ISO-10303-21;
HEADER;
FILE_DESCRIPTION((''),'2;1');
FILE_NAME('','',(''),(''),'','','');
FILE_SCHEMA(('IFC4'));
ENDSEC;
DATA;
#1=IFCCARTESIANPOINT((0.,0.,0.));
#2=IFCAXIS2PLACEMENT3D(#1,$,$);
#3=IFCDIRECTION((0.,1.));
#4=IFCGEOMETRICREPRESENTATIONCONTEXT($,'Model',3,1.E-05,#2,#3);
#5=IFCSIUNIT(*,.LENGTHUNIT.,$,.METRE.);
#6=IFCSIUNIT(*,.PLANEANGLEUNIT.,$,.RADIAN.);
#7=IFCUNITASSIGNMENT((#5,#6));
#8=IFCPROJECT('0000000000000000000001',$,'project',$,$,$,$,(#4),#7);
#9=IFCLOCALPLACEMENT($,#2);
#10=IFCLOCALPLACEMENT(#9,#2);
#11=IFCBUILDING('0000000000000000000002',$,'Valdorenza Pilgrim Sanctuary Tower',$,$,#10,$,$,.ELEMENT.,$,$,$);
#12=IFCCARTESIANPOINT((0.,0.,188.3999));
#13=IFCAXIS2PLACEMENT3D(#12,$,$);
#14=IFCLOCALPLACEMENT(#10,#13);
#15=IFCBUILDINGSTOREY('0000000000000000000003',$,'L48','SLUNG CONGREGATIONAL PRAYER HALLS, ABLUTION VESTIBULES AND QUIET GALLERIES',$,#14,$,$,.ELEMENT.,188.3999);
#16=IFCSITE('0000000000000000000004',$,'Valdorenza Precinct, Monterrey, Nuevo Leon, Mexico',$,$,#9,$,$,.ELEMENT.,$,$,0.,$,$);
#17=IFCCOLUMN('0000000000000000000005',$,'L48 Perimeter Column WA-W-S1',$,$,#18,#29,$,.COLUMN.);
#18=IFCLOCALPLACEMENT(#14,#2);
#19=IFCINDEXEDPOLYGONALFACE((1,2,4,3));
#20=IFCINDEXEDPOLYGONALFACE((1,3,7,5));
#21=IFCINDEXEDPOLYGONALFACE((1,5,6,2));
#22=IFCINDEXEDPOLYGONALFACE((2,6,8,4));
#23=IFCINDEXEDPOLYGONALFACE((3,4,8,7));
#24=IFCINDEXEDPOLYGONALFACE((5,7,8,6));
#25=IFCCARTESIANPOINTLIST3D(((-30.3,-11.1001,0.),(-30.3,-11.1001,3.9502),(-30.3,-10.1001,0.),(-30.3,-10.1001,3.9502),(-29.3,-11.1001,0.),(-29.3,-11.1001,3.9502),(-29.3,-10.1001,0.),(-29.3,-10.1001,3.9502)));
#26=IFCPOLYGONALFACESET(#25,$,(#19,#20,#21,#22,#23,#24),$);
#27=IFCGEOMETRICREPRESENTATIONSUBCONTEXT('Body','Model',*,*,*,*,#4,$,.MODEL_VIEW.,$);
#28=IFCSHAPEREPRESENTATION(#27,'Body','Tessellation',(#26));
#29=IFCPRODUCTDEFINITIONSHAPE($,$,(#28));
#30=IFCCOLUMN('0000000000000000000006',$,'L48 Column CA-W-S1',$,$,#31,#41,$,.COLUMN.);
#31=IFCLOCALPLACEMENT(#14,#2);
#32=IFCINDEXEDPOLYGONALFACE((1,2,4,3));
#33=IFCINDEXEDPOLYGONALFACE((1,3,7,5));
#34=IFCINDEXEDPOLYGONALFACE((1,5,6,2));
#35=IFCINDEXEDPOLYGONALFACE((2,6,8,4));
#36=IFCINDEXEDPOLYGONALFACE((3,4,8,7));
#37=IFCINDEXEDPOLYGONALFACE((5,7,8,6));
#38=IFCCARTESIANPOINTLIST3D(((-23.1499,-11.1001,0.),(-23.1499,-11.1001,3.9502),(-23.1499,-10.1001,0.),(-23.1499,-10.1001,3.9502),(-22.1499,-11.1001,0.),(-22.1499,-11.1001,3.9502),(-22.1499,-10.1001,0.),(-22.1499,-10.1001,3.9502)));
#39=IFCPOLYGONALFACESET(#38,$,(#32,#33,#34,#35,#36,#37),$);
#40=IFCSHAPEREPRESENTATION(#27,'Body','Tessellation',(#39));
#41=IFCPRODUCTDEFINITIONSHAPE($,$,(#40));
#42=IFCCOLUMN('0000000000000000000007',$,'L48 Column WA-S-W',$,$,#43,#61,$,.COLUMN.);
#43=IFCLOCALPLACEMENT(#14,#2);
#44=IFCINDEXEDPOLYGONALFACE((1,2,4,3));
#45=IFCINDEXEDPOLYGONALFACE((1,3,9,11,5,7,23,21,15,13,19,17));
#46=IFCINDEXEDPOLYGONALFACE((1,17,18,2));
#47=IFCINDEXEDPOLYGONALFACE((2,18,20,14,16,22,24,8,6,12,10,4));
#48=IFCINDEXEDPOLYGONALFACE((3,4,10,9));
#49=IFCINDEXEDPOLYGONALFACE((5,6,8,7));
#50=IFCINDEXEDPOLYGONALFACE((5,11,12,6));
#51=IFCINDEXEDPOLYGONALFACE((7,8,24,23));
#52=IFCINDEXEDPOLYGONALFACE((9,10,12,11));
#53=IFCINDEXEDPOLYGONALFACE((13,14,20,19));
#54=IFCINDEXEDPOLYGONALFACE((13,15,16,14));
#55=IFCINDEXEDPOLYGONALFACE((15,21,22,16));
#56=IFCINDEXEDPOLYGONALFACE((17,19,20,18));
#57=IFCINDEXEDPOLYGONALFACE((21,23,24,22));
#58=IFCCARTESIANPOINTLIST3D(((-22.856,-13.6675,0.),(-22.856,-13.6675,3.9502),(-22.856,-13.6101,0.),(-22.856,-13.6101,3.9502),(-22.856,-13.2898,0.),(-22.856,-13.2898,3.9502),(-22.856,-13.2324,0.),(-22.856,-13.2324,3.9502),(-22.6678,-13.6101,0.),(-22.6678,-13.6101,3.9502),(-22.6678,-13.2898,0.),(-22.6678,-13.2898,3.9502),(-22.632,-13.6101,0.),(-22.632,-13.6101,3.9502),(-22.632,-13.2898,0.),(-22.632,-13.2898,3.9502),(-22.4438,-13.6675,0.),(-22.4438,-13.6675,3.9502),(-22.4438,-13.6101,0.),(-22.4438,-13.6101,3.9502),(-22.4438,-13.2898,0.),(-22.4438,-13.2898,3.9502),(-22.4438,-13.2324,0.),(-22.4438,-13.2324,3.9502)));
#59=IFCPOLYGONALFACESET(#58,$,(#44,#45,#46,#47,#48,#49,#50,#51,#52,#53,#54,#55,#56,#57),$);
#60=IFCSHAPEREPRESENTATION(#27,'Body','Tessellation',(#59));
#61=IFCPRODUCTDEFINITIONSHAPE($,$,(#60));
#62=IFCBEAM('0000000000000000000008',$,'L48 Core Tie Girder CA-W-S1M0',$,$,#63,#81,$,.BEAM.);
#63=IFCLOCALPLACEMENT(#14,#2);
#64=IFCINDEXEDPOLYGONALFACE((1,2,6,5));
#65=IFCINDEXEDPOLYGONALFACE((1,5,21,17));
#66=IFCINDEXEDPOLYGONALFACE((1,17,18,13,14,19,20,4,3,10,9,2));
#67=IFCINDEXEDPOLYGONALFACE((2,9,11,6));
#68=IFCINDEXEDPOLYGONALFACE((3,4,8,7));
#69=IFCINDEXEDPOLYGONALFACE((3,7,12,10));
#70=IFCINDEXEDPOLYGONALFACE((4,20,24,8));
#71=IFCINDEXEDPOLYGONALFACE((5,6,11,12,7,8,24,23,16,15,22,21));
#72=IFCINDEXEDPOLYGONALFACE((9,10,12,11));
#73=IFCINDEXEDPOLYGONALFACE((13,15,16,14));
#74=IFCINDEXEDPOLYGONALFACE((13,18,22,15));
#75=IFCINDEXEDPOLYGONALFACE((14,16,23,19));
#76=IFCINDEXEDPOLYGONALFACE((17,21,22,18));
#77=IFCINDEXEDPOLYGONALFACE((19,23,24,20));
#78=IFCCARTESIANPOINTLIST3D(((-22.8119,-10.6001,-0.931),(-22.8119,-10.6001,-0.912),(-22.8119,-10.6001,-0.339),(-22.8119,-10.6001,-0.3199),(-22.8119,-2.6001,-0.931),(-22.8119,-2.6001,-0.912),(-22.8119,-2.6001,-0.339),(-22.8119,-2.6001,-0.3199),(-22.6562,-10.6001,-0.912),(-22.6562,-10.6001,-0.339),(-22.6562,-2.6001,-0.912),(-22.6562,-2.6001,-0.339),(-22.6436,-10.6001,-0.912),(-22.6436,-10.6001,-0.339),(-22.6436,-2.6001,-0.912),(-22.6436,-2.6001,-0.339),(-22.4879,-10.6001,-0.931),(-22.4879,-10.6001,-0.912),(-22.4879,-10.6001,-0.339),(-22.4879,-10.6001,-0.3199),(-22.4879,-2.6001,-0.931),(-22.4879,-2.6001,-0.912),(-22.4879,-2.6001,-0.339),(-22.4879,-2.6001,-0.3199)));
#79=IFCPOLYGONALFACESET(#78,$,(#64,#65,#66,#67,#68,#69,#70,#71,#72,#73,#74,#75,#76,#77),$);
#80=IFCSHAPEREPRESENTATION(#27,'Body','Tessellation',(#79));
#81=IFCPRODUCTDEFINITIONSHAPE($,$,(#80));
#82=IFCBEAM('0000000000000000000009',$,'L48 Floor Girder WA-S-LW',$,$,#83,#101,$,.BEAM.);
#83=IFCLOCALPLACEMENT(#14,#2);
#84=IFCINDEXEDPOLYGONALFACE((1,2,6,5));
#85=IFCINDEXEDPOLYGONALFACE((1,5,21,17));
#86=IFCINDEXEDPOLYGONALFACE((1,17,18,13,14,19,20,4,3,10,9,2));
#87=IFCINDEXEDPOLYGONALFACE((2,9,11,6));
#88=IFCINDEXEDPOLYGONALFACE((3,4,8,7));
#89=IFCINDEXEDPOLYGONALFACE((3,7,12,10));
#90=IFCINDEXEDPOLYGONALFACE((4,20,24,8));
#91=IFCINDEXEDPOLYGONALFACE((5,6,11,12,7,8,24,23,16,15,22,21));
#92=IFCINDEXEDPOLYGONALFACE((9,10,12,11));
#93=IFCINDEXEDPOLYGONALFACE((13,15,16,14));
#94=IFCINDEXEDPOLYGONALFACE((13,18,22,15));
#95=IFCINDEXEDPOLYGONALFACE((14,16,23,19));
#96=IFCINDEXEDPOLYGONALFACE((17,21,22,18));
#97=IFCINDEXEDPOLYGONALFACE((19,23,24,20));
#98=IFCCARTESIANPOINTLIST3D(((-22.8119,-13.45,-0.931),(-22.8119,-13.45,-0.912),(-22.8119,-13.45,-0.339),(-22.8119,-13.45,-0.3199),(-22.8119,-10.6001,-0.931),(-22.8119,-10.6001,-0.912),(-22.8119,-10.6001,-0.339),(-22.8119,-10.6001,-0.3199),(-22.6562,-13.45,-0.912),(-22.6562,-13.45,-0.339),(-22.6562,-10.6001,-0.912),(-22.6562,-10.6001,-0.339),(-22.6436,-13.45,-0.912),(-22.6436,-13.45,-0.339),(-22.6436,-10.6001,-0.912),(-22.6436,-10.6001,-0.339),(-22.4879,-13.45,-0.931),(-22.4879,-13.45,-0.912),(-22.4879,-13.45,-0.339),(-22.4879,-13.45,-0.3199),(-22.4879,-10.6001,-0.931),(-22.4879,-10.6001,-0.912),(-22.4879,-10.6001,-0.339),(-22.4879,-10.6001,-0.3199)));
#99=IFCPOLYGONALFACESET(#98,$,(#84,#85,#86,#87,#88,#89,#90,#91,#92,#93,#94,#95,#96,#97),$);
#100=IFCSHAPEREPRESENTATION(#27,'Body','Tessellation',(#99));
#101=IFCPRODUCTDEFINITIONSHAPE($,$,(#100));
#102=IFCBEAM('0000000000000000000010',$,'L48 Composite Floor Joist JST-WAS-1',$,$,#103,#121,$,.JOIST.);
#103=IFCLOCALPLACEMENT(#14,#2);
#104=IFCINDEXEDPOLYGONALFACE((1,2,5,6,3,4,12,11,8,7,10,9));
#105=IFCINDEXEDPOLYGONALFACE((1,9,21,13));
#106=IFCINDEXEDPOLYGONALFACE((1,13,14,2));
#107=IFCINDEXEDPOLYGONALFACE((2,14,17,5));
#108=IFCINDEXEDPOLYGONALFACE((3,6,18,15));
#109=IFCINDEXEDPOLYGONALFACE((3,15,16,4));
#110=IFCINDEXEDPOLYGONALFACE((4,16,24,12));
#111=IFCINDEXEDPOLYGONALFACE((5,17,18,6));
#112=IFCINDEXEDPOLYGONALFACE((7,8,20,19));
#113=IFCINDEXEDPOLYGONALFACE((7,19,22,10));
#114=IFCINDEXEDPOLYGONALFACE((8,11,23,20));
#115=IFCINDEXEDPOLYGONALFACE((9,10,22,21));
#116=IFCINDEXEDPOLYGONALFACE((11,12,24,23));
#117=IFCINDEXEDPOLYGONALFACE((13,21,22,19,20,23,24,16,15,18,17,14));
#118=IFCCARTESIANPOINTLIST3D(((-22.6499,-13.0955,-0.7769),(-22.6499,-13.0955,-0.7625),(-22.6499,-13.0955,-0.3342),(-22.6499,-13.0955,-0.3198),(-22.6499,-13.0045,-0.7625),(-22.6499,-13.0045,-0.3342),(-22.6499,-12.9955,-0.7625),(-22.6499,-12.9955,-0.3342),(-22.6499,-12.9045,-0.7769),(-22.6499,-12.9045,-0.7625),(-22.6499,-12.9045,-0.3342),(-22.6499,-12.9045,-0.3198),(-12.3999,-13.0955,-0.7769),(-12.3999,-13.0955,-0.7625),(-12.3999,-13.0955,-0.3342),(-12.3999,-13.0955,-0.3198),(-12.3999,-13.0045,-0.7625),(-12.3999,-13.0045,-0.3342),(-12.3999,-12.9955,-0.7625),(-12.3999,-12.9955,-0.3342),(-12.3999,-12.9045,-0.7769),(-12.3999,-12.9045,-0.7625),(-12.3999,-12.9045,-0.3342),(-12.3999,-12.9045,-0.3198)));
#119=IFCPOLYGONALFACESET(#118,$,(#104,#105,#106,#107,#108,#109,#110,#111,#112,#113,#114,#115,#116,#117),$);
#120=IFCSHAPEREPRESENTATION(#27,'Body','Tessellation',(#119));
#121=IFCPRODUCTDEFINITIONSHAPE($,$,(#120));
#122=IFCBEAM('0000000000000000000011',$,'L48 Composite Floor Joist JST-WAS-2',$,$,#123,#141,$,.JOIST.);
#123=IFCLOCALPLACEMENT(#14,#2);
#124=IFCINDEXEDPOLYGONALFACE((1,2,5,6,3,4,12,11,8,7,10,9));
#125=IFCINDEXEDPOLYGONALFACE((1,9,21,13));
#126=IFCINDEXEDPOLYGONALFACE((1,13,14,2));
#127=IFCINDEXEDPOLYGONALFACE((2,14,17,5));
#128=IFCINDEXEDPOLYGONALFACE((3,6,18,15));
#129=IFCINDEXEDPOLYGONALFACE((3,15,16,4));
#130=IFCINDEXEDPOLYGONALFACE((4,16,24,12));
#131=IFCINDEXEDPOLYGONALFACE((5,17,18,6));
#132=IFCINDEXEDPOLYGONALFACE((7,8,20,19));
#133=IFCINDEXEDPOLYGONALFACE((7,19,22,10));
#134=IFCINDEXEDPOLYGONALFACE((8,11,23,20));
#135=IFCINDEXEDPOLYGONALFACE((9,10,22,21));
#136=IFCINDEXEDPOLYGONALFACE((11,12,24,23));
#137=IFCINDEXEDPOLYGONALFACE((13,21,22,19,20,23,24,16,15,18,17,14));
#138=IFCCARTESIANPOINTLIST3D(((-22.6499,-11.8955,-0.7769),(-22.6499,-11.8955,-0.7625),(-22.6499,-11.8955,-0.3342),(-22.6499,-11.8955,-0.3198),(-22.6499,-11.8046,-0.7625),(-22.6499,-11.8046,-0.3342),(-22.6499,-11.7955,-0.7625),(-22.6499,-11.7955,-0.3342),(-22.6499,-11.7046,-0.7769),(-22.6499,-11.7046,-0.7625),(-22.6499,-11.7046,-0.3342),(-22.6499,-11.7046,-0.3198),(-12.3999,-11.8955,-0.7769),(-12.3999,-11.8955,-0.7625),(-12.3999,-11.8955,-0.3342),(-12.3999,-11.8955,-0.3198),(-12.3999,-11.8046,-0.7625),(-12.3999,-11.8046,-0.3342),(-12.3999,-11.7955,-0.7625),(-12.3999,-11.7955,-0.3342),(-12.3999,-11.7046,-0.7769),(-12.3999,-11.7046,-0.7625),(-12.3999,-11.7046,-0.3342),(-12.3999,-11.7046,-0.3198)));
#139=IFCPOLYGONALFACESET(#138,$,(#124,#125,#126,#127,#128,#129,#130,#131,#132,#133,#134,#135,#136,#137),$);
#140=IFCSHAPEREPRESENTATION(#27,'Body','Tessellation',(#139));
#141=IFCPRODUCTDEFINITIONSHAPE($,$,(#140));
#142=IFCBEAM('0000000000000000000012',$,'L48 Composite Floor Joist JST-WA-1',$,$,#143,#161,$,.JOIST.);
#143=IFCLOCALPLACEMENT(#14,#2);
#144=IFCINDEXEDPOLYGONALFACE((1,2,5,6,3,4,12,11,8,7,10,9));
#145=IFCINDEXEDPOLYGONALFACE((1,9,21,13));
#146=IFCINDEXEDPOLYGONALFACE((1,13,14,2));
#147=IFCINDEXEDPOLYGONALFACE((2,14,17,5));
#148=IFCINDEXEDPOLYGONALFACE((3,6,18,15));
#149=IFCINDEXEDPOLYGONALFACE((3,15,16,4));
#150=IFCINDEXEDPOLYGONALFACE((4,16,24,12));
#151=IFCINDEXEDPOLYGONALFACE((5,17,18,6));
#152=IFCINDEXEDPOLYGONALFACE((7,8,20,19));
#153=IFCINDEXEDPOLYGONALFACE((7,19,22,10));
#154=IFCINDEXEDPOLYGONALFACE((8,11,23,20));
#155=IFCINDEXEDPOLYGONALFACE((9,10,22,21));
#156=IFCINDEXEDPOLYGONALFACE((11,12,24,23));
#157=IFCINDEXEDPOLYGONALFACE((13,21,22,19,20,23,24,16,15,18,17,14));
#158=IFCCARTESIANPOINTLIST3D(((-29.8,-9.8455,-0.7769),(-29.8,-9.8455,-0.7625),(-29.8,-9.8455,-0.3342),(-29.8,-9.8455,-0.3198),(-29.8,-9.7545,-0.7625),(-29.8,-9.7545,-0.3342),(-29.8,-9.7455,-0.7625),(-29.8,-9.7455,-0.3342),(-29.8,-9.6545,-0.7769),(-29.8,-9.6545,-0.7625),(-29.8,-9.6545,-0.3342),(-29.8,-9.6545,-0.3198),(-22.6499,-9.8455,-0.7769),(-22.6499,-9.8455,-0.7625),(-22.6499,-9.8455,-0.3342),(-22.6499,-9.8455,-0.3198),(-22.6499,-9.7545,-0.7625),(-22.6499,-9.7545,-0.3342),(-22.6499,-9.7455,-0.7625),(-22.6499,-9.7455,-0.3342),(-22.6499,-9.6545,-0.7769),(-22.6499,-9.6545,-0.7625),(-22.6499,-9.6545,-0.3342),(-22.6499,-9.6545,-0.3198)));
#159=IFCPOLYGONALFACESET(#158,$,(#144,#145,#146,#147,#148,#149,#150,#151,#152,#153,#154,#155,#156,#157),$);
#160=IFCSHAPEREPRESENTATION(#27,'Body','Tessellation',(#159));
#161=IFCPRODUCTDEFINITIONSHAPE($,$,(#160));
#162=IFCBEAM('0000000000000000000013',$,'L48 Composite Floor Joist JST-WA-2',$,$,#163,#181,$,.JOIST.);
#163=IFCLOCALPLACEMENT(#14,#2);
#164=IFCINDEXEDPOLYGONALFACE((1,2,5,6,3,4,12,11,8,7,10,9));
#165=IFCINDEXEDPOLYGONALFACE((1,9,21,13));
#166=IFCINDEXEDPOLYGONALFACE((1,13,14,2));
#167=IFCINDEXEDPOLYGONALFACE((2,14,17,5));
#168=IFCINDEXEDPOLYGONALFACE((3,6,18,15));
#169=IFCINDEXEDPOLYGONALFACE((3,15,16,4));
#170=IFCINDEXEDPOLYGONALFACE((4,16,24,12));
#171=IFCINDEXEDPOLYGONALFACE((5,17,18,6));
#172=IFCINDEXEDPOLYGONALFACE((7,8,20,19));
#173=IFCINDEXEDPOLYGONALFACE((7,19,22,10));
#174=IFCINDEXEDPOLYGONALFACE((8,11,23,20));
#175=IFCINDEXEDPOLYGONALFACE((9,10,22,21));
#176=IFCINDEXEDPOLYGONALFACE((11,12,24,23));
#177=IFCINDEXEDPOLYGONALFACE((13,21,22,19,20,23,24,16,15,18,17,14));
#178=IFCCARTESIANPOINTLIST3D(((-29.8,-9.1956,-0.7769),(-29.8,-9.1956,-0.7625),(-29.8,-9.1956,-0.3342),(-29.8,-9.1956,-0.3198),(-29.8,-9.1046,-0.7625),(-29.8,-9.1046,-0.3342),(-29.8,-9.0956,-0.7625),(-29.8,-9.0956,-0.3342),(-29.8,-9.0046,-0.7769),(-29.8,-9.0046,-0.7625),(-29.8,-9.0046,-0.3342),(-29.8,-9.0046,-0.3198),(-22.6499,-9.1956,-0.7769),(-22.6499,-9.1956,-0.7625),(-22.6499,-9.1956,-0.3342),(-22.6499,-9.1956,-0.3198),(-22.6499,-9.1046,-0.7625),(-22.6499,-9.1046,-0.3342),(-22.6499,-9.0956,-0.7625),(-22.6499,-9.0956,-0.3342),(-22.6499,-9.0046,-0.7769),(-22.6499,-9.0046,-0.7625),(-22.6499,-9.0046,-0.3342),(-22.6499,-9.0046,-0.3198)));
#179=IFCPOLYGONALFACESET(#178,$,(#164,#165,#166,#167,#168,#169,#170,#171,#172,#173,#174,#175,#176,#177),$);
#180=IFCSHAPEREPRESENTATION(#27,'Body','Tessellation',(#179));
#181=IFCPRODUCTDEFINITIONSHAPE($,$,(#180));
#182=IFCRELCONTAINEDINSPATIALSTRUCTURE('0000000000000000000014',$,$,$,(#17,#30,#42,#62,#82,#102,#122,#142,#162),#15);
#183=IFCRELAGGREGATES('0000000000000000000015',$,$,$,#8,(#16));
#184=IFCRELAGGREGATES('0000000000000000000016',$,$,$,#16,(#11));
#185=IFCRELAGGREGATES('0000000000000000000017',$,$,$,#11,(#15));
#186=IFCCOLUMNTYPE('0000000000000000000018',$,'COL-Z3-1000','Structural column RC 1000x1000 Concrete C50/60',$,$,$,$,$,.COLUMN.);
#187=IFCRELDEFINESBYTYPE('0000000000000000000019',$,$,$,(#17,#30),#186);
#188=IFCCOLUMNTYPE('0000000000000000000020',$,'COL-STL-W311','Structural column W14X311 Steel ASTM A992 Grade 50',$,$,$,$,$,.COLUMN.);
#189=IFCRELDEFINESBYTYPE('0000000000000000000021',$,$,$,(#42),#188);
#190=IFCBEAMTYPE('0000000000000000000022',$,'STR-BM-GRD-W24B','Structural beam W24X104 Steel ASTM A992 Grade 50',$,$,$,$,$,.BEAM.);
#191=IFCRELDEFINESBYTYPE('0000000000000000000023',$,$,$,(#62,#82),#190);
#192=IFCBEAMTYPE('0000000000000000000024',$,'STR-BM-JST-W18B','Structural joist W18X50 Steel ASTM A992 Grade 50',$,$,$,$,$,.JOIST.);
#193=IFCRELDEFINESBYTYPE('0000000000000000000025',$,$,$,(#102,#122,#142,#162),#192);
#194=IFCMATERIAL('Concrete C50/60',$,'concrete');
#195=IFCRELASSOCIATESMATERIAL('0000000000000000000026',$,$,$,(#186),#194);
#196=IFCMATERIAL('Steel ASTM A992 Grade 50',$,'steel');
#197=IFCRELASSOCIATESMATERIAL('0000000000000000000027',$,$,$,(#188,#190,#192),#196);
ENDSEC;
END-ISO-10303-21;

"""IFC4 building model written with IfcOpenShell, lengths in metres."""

from ifc_helpers import new_model, si_unit, direction, frame, origin, origin_2d, place, context, subcontext, project, spatial, rectangle, i_section, extrude, source, transform, mapped, material, material_profile, profile_set, type_object, element, save


model = new_model("IFC4")

# Units and contexts
model_context = context("Model", 3, precision=1e-05, world=origin(), true_north=direction((0.0, 1.0)))
body_context = subcontext(model_context, "Body", "Model", "MODEL_VIEW")
ifc_project = project(units=[si_unit("LENGTHUNIT", "METRE"), si_unit("PLANEANGLEUNIT", "RADIAN")], contexts=[model_context])

# Site, building, storey
site_placement = place(None, origin())
site = spatial("IfcSite", under=ifc_project, at=site_placement, Name="Valdorenza Precinct, Monterrey, Nuevo Leon, Mexico", CompositionType="ELEMENT", RefElevation=0.0)
building_placement = place(site_placement, origin())
building = spatial("IfcBuilding", under=site, at=building_placement, Name="Valdorenza Pilgrim Sanctuary Tower", CompositionType="ELEMENT")
storey_placement = place(building_placement, frame((0.0, 0.0, 188.3999)))
storey = spatial("IfcBuildingStorey", under=building, at=storey_placement, Name="L48", Description="SLUNG CONGREGATIONAL PRAYER HALLS, ABLUTION VESTIBULES AND QUIET GALLERIES", CompositionType="ELEMENT", Elevation=188.3999)

# Columns
ifc_material_1 = material(Name="Concrete C50/60", Category="concrete")
ifc_material_profile_1 = material_profile(ifc_material_1, rectangle(XDim=1.0, YDim=1.0, at=origin_2d()), Name="RC 1000x1000")
ifc_profile_set_1 = profile_set([ifc_material_profile_1], Name="Concrete C50/60")
column_type_1 = type_object("IfcColumnType", Name="COL-Z3-1000", Description="Structural column RC 1000x1000 Concrete C50/60", PredefinedType="COLUMN", material=ifc_profile_set_1)
shared_shape_1 = source(origin(), body_context, "Body", "SweptSolid", [
    extrude(rectangle(XDim=1.0, YDim=1.0, at=origin_2d()), origin(), (0.0, 0.0, 1.0), 3.9502),
])
for number, where, z_axis, x_axis, name in (
    (1, (-29.8, -10.6001, 0.0), (0.0, 0.0, 1.0), (1.0, 0.0, 0.0), "L48 Perimeter Column WA-W-S1"),
    (2, (-22.6499, -10.6001, 0.0), (0.0, 0.0, 1.0), (1.0, 0.0, 0.0), "L48 Column CA-W-S1"),
):
    element("IfcColumn", number, at=place(storey_placement, frame(where, z_axis=z_axis, x_axis=x_axis)), inside=storey, type_object=column_type_1, Name=name, PredefinedType="COLUMN", context=body_context, shape_type="MappedRepresentation", body=[
        mapped(shared_shape_1, transform((0.0, 0.0, 0.0), x_axis=(1.0, 0.0, 0.0), y_axis=(0.0, 1.0, 0.0), z_axis=(0.0, 0.0, 1.0), scale=1.0)),
    ])
ifc_material_2 = material(Name="Steel ASTM A992 Grade 50", Category="steel")
ifc_material_profile_2 = material_profile(ifc_material_2, i_section(OverallWidth=0.4121, OverallDepth=0.4351, WebThickness=0.0359, FlangeThickness=0.0574, at=origin_2d()), Name="W14X311")
ifc_profile_set_2 = profile_set([ifc_material_profile_2], Name="Steel ASTM A992 Grade 50")
column_type_2 = type_object("IfcColumnType", Name="COL-STL-W311", Description="Structural column W14X311 Steel ASTM A992 Grade 50", PredefinedType="COLUMN", material=ifc_profile_set_2)
shared_shape_2 = source(origin(), body_context, "Body", "SweptSolid", [
    extrude(i_section(OverallWidth=0.4121, OverallDepth=0.4351, WebThickness=0.0359, FlangeThickness=0.0574, at=origin_2d()), origin(), (0.0, 0.0, 1.0), 3.9502),
])
column_placement = place(storey_placement, frame((-22.6499, -13.45, 0.0), z_axis=(0.0, 0.0, 1.0), x_axis=(1.0, 0.0, 0.0)))
element("IfcColumn", 3, at=column_placement, inside=storey, type_object=column_type_2, Name="L48 Column WA-S-W", PredefinedType="COLUMN", context=body_context, shape_type="MappedRepresentation", body=[
    mapped(shared_shape_2, transform((0.0, 0.0, 0.0), x_axis=(1.0, 0.0, 0.0), y_axis=(0.0, 1.0, 0.0), z_axis=(0.0, 0.0, 1.0), scale=1.0)),
])

# Beams
ifc_material_profile_3 = material_profile(ifc_material_2, i_section(OverallWidth=0.324, OverallDepth=0.6111, WebThickness=0.0127, FlangeThickness=0.019, at=origin_2d()), Name="W24X104")
ifc_profile_set_3 = profile_set([ifc_material_profile_3], Name="Steel ASTM A992 Grade 50")
beam_type_1 = type_object("IfcBeamType", Name="STR-BM-GRD-W24B", Description="Structural beam W24X104 Steel ASTM A992 Grade 50", PredefinedType="BEAM", material=ifc_profile_set_3)
shared_shape_3 = source(origin(), body_context, "Body", "SweptSolid", [
    extrude(i_section(OverallWidth=0.324, OverallDepth=0.6111, WebThickness=0.0127, FlangeThickness=0.019, at=origin_2d()), origin(), (0.0, 0.0, 1.0), 8.0),
])
beam_1_placement = place(storey_placement, frame((-22.6499, -10.6001, -0.6255), z_axis=(0.0, 1.0, 0.0), x_axis=(-1.0, 0.0, 0.0)))
element("IfcBeam", 4, at=beam_1_placement, inside=storey, type_object=beam_type_1, Name="L48 Core Tie Girder CA-W-S1M0", PredefinedType="BEAM", context=body_context, shape_type="MappedRepresentation", body=[
    mapped(shared_shape_3, transform((0.0, 0.0, 0.0), x_axis=(1.0, 0.0, 0.0), y_axis=(0.0, 1.0, 0.0), z_axis=(0.0, 0.0, 1.0), scale=1.0)),
])
shared_shape_4 = source(origin(), body_context, "Body", "SweptSolid", [
    extrude(i_section(OverallWidth=0.324, OverallDepth=0.6111, WebThickness=0.0127, FlangeThickness=0.019, at=origin_2d()), origin(), (0.0, 0.0, 1.0), 2.8499),
])
beam_2_placement = place(storey_placement, frame((-22.6499, -13.45, -0.6255), z_axis=(0.0, 1.0, 0.0), x_axis=(-1.0, 0.0, 0.0)))
element("IfcBeam", 5, at=beam_2_placement, inside=storey, type_object=beam_type_1, Name="L48 Floor Girder WA-S-LW", PredefinedType="BEAM", context=body_context, shape_type="MappedRepresentation", body=[
    mapped(shared_shape_4, transform((0.0, 0.0, 0.0), x_axis=(1.0, 0.0, 0.0), y_axis=(0.0, 1.0, 0.0), z_axis=(0.0, 0.0, 1.0), scale=1.0)),
])
ifc_material_profile_4 = material_profile(ifc_material_2, i_section(OverallWidth=0.1909, OverallDepth=0.457, WebThickness=0.009, FlangeThickness=0.0144, at=origin_2d()), Name="W18X50")
ifc_profile_set_4 = profile_set([ifc_material_profile_4], Name="Steel ASTM A992 Grade 50")
beam_type_2 = type_object("IfcBeamType", Name="STR-BM-JST-W18B", Description="Structural joist W18X50 Steel ASTM A992 Grade 50", PredefinedType="JOIST", material=ifc_profile_set_4)
shared_shape_5 = source(origin(), body_context, "Body", "SweptSolid", [
    extrude(i_section(OverallWidth=0.1909, OverallDepth=0.457, WebThickness=0.009, FlangeThickness=0.0144, at=origin_2d()), origin(), (0.0, 0.0, 1.0), 10.25),
])
for number, where, z_axis, x_axis, name in (
    (6, (-22.6499, -13.0, -0.5483), (1.0, 0.0, 0.0), (0.0, 1.0, 0.0), "L48 Composite Floor Joist JST-WAS-1"),
    (7, (-22.6499, -11.8, -0.5483), (1.0, 0.0, 0.0), (0.0, 1.0, 0.0), "L48 Composite Floor Joist JST-WAS-2"),
):
    element("IfcBeam", number, at=place(storey_placement, frame(where, z_axis=z_axis, x_axis=x_axis)), inside=storey, type_object=beam_type_2, Name=name, PredefinedType="JOIST", context=body_context, shape_type="MappedRepresentation", body=[
        mapped(shared_shape_5, transform((0.0, 0.0, 0.0), x_axis=(1.0, 0.0, 0.0), y_axis=(0.0, 1.0, 0.0), z_axis=(0.0, 0.0, 1.0), scale=1.0)),
    ])
shared_shape_6 = source(origin(), body_context, "Body", "SweptSolid", [
    extrude(i_section(OverallWidth=0.1909, OverallDepth=0.457, WebThickness=0.009, FlangeThickness=0.0144, at=origin_2d()), origin(), (0.0, 0.0, 1.0), 7.1501),
])
for number, where, z_axis, x_axis, name in (
    (8, (-29.8, -9.75, -0.5483), (1.0, 0.0, 0.0), (0.0, 1.0, 0.0), "L48 Composite Floor Joist JST-WA-1"),
    (9, (-29.8, -9.1001, -0.5483), (1.0, 0.0, 0.0), (0.0, 1.0, 0.0), "L48 Composite Floor Joist JST-WA-2"),
):
    element("IfcBeam", number, at=place(storey_placement, frame(where, z_axis=z_axis, x_axis=x_axis)), inside=storey, type_object=beam_type_2, Name=name, PredefinedType="JOIST", context=body_context, shape_type="MappedRepresentation", body=[
        mapped(shared_shape_6, transform((0.0, 0.0, 0.0), x_axis=(1.0, 0.0, 0.0), y_axis=(0.0, 1.0, 0.0), z_axis=(0.0, 0.0, 1.0), scale=1.0)),
    ])

save(model, "model.ifc")
